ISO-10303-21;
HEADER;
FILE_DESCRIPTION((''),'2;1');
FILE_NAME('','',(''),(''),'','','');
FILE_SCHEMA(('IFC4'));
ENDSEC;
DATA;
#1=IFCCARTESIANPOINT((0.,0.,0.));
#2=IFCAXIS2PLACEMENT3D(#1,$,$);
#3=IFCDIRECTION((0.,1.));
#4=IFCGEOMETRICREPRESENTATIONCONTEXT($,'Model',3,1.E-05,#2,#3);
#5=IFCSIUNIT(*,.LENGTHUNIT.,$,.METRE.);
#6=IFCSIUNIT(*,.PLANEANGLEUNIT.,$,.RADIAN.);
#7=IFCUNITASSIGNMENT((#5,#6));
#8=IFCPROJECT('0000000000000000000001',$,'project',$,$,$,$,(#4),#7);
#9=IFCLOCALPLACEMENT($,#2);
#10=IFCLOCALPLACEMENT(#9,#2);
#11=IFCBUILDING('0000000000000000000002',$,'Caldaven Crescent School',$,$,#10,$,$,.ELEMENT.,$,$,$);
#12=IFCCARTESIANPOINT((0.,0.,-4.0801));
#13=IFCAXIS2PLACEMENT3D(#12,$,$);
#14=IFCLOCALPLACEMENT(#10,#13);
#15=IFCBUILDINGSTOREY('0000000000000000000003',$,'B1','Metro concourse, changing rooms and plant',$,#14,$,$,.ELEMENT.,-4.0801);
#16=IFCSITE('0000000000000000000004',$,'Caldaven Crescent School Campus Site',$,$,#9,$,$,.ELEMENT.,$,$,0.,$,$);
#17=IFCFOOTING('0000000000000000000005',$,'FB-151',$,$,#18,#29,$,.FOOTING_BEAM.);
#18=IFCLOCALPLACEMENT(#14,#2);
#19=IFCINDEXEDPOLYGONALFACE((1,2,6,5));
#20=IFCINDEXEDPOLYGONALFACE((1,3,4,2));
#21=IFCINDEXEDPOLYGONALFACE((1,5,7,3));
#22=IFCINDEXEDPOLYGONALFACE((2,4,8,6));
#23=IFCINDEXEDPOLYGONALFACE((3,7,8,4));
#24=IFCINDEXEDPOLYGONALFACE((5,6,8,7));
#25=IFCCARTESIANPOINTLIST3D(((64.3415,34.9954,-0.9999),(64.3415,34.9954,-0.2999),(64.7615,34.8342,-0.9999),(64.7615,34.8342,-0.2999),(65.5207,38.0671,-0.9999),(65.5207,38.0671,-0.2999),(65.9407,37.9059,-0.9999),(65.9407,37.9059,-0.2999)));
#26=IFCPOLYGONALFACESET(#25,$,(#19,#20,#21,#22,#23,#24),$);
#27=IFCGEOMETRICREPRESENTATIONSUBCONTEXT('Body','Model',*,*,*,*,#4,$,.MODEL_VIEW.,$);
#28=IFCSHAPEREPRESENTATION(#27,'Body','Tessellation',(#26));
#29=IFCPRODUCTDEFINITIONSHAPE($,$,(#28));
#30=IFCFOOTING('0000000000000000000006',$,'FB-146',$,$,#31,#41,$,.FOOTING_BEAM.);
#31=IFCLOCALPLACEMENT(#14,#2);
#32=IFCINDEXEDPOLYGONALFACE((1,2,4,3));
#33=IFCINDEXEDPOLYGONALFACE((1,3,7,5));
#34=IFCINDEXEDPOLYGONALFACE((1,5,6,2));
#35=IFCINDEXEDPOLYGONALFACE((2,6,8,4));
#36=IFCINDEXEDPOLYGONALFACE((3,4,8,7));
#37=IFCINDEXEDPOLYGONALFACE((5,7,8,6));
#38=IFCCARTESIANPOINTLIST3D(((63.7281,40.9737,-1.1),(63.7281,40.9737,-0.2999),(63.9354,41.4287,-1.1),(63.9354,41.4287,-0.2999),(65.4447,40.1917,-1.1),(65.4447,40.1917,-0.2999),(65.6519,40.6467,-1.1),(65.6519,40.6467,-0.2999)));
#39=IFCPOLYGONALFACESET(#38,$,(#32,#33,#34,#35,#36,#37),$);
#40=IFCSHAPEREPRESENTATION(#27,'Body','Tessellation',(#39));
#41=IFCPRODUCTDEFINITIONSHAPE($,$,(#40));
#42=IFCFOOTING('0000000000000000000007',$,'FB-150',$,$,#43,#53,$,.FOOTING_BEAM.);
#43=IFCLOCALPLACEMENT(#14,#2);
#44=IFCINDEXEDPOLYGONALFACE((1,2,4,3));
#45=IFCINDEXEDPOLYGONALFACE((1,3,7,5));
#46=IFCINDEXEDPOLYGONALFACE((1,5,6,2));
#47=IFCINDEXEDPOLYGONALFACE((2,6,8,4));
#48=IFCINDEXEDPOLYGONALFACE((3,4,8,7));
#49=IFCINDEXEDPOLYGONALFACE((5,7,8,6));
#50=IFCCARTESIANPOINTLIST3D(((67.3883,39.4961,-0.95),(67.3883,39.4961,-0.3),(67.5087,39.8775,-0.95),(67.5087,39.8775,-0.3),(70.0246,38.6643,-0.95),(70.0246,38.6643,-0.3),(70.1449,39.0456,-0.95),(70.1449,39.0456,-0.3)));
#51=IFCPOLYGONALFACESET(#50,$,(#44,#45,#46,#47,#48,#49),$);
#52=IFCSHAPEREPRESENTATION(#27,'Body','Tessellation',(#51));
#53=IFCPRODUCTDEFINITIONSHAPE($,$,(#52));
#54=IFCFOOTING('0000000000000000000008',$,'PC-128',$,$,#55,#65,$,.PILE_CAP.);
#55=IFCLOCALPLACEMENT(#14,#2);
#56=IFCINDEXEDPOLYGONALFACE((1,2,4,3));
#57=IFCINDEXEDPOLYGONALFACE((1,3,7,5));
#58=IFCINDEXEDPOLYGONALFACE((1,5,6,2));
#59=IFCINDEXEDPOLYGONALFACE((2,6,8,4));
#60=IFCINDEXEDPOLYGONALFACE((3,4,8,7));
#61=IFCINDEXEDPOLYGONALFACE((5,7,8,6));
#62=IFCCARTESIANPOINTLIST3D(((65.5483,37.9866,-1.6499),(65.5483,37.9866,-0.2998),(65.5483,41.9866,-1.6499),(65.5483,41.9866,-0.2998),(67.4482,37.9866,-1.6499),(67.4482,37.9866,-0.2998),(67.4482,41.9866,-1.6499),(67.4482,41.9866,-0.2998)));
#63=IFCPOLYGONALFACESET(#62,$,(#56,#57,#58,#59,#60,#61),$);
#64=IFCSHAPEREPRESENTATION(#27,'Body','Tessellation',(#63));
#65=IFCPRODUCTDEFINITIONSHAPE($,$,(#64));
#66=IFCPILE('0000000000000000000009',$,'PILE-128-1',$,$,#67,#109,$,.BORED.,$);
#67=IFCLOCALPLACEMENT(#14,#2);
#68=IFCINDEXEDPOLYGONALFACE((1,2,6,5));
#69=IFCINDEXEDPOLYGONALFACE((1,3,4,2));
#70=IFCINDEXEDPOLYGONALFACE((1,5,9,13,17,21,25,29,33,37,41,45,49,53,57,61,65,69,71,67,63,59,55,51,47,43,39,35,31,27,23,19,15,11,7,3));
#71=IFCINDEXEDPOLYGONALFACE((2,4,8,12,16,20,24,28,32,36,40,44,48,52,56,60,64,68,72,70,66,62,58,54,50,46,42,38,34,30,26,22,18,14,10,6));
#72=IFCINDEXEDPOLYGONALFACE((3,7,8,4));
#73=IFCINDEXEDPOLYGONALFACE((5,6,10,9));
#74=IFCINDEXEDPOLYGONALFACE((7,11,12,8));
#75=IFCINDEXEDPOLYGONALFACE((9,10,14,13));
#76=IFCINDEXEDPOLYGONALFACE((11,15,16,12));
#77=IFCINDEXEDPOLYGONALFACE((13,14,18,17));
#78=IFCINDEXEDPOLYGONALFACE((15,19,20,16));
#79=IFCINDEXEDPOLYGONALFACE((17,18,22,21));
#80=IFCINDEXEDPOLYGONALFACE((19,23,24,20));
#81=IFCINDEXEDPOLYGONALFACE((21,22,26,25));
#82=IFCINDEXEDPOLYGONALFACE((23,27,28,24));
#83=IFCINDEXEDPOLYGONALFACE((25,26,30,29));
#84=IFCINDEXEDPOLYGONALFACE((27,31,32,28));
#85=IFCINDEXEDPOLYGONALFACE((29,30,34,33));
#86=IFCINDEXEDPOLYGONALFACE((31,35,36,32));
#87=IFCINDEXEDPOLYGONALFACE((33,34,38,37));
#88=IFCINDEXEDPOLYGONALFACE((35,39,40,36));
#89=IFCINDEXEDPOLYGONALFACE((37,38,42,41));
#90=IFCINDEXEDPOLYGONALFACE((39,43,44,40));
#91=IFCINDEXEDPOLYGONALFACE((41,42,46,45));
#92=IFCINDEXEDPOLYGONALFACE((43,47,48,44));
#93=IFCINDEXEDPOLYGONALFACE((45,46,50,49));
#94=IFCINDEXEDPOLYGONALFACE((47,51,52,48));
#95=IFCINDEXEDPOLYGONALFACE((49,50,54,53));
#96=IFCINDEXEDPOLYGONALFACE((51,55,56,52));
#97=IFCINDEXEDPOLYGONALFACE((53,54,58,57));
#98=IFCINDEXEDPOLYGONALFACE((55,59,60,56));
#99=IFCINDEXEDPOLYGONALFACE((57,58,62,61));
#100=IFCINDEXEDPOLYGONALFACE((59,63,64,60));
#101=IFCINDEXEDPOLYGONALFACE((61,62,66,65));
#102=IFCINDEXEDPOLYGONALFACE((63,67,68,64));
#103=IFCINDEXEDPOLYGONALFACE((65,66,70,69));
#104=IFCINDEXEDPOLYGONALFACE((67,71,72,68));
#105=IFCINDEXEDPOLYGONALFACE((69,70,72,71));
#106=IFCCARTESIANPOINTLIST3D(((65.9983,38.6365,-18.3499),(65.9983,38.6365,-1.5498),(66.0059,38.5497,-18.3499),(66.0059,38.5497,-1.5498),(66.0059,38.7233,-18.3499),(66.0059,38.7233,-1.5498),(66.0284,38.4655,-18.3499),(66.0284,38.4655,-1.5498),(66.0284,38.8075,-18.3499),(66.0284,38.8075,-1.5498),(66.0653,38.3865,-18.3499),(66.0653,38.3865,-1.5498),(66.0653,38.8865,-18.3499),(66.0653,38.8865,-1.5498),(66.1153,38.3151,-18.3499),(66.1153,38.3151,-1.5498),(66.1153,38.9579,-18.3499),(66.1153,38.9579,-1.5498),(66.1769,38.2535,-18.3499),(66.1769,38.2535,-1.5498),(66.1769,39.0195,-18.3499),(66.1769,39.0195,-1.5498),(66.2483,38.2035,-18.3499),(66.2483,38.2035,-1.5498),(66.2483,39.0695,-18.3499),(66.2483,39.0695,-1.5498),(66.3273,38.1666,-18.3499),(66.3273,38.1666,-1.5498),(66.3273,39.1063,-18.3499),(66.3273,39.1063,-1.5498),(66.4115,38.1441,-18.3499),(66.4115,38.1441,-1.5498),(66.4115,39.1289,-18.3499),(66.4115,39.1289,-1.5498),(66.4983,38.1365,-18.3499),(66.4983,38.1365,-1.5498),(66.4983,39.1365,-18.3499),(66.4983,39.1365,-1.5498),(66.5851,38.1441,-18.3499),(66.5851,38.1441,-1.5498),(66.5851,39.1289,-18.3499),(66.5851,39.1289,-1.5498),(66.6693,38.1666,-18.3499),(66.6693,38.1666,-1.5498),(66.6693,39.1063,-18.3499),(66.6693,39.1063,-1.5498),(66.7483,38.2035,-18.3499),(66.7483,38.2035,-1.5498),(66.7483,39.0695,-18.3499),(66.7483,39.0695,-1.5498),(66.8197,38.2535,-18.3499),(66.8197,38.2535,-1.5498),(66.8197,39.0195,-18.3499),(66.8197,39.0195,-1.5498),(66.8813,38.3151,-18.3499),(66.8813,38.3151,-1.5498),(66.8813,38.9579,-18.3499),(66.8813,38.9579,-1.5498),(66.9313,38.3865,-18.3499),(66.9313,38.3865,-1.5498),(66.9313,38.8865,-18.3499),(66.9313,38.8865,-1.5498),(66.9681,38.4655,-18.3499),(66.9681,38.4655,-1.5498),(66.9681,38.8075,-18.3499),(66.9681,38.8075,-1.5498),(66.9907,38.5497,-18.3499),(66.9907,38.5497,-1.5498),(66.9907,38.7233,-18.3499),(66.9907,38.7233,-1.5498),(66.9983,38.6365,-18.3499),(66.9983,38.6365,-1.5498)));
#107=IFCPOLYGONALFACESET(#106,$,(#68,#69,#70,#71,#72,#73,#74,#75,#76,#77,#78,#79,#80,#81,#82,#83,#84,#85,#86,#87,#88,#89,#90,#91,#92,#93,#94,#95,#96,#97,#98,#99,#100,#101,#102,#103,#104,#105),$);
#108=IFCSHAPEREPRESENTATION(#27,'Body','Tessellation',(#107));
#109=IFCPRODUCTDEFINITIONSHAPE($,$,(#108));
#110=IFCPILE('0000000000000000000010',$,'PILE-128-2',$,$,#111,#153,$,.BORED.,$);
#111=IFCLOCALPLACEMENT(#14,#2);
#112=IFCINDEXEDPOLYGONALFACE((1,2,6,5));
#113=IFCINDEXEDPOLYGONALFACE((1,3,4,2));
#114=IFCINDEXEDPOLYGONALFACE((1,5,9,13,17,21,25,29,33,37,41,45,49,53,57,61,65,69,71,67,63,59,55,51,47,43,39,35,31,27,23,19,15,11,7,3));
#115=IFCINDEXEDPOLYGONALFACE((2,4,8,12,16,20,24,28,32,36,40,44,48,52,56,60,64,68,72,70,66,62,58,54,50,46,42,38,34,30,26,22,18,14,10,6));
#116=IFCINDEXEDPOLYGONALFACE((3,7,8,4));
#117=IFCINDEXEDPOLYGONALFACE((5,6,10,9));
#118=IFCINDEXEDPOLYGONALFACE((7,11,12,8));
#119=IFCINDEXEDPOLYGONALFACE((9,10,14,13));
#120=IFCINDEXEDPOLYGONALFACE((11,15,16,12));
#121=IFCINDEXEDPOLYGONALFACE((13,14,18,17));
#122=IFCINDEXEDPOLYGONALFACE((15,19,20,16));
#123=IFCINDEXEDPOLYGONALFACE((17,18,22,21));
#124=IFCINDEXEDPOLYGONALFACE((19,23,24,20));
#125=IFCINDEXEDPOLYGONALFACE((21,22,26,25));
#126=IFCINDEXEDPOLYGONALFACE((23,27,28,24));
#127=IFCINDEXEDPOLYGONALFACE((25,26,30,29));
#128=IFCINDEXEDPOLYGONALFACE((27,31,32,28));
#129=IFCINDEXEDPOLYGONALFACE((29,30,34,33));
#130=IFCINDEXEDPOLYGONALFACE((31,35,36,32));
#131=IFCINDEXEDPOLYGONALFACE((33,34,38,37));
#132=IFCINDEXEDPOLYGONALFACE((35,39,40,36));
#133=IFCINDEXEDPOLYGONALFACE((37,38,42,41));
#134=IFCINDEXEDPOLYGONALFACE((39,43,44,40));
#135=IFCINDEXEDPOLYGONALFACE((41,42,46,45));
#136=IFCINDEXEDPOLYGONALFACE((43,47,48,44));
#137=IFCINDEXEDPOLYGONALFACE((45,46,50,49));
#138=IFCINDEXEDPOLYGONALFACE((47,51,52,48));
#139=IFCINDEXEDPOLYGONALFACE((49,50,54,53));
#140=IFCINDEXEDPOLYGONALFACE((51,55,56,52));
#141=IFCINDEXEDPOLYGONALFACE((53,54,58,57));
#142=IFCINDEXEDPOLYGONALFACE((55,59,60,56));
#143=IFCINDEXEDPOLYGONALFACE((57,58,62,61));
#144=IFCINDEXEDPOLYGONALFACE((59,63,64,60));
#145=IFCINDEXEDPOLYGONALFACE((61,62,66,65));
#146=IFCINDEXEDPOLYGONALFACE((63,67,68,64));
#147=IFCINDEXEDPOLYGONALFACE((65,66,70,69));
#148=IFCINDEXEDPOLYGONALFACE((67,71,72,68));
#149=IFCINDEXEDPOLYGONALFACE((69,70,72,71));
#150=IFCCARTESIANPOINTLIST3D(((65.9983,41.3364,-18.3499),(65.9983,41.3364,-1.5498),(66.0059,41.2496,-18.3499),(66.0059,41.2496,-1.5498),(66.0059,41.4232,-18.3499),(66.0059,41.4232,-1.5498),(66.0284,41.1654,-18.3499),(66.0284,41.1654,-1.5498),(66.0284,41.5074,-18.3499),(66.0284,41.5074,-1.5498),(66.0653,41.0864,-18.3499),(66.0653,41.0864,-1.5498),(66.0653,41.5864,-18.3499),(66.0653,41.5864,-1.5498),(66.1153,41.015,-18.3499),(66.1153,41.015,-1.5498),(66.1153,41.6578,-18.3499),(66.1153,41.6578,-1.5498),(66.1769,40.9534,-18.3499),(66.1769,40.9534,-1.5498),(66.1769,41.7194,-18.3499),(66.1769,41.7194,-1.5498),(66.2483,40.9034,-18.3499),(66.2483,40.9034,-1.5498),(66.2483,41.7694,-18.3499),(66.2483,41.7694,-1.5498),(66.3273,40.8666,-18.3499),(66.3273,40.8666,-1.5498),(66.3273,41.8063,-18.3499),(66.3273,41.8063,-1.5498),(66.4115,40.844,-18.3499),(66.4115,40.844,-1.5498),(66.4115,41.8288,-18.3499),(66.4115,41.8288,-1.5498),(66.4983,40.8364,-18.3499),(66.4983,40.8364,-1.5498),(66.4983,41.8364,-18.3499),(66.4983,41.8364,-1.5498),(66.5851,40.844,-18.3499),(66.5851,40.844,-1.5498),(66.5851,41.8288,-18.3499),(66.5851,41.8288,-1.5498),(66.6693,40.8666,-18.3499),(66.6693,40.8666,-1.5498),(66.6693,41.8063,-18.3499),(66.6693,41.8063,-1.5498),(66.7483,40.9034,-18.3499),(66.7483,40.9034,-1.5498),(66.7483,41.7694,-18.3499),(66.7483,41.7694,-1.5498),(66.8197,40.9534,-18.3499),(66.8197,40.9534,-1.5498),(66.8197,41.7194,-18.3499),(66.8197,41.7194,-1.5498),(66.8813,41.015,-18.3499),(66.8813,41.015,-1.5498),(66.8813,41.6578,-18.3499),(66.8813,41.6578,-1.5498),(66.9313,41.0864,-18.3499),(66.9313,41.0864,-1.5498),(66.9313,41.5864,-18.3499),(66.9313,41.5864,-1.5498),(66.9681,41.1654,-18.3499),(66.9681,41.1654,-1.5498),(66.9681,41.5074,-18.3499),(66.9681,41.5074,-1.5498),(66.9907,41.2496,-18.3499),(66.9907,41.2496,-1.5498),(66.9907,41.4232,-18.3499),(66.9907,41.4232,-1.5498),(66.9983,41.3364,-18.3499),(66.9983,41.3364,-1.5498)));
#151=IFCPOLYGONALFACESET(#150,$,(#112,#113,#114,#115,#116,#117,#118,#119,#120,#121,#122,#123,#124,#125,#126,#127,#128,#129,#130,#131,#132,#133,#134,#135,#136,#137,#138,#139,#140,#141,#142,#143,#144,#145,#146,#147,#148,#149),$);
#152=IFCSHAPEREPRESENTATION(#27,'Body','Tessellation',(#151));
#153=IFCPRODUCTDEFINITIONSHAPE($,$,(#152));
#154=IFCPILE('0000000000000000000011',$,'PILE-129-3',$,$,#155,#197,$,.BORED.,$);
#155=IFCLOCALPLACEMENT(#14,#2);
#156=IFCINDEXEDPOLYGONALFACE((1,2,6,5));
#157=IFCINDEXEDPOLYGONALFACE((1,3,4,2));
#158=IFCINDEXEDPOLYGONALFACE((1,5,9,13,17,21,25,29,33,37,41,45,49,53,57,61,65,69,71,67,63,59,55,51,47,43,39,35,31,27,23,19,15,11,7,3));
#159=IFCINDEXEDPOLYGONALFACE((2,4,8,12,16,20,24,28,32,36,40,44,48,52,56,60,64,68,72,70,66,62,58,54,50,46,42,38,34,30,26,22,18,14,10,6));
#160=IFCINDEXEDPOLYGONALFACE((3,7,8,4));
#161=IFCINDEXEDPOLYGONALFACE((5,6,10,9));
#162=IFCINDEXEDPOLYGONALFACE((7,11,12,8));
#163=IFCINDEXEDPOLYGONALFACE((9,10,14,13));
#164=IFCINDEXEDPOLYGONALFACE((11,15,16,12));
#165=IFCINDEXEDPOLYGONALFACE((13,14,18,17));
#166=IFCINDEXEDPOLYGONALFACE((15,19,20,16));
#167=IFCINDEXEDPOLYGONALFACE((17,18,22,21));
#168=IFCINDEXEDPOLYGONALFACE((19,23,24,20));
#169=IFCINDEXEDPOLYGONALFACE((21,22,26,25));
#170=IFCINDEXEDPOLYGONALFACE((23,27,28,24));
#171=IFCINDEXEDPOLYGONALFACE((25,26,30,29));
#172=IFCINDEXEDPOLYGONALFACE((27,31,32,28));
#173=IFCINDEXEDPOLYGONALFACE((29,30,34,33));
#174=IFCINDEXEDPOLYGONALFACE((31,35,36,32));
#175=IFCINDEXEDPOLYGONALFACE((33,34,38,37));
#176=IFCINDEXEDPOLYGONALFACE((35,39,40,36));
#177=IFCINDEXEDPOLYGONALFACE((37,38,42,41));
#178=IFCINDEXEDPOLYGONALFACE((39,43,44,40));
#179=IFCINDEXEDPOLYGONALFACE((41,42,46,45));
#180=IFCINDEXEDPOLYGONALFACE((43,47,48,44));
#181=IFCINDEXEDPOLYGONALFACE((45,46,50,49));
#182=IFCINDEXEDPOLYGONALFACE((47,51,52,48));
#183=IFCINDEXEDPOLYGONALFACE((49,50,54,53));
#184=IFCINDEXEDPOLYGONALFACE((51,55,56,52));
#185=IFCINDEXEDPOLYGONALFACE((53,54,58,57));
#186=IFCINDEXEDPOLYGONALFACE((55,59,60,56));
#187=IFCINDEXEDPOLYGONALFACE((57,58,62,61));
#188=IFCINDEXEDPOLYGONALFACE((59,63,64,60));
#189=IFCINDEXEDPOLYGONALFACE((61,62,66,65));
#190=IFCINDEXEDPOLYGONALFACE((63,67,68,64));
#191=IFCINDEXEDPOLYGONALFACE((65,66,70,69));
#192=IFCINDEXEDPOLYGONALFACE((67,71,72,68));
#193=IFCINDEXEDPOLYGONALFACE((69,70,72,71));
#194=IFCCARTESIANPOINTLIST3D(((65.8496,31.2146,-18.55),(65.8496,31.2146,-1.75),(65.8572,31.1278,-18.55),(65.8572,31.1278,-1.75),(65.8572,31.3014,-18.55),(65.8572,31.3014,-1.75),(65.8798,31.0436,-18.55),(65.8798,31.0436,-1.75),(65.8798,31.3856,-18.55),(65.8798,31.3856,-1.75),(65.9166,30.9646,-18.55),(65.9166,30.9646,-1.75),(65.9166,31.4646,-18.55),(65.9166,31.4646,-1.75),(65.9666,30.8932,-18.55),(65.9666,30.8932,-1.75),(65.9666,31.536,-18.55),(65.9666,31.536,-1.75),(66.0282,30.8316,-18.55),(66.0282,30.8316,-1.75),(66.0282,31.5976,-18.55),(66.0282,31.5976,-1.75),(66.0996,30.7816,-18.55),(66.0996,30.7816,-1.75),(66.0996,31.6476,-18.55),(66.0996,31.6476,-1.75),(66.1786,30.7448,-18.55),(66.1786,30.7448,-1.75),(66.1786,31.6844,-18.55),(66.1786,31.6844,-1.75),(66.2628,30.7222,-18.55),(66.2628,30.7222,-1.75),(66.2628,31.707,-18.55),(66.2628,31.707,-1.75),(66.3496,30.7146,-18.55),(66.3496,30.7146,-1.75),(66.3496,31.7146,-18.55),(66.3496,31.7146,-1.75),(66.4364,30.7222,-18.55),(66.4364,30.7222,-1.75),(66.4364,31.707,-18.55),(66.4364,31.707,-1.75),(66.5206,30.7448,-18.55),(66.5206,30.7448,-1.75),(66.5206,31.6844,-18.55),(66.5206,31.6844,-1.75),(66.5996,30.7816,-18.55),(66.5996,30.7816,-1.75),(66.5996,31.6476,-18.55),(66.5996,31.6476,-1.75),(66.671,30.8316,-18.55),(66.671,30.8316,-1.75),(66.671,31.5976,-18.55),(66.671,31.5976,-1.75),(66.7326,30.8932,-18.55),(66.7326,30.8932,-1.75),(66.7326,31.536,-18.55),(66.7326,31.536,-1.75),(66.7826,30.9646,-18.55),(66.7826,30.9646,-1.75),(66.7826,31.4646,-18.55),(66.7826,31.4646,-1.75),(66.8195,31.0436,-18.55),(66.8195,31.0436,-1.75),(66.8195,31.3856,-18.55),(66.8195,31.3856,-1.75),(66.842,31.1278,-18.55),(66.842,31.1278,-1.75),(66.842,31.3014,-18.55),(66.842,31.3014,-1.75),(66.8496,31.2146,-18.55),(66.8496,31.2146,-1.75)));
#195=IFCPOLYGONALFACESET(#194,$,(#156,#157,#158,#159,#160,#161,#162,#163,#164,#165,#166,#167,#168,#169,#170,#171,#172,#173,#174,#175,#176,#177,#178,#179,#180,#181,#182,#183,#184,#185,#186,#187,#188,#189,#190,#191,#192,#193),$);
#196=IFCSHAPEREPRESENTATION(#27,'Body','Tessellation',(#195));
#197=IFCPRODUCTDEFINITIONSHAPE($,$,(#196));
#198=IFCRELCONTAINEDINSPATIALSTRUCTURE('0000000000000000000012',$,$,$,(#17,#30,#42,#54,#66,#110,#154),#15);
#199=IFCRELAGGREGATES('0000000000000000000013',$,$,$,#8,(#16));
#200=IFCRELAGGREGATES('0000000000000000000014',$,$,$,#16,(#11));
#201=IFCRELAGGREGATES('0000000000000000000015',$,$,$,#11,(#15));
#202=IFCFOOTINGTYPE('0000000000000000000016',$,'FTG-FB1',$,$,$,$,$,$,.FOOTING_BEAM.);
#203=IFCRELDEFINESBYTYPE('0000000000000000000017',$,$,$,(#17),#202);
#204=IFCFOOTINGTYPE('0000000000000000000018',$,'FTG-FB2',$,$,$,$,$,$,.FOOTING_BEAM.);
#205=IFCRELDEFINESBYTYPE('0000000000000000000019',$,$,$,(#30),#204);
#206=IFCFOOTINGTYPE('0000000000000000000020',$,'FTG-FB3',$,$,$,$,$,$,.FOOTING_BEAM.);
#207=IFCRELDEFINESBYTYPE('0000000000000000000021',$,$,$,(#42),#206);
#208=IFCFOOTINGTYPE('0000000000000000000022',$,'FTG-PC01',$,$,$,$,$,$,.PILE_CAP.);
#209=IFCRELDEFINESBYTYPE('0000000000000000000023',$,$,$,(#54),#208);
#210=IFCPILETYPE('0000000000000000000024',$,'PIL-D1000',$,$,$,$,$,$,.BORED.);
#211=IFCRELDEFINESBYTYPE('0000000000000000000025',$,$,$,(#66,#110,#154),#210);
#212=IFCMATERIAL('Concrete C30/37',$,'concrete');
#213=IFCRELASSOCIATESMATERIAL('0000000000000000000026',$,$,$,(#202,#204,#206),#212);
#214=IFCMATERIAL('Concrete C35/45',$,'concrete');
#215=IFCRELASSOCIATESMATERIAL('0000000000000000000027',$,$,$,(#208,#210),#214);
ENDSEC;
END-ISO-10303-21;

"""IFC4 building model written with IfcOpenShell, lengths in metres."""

from ifc_helpers import new_model, si_unit, direction, frame, origin, origin_2d, place, context, subcontext, project, spatial, rectangle, circle, extrude, material, material_profile, profile_set, type_object, element, save


model = new_model("IFC4")

# Units and contexts
model_context = context("Model", 3, precision=1e-05, world=origin(), true_north=direction((0.0, 1.0)))
body_context = subcontext(model_context, "Body", "Model", "MODEL_VIEW")
ifc_project = project(units=[si_unit("LENGTHUNIT", "METRE"), si_unit("PLANEANGLEUNIT", "RADIAN")], contexts=[model_context])

# Site, building, storey
site_placement = place(None, origin())
site = spatial("IfcSite", under=ifc_project, at=site_placement, Name="Caldaven Crescent School Campus Site", CompositionType="ELEMENT", RefElevation=0.0)
building_placement = place(site_placement, origin())
building = spatial("IfcBuilding", under=site, at=building_placement, Name="Caldaven Crescent School", CompositionType="ELEMENT")
storey_placement = place(building_placement, frame((0.0, 0.0, -4.0801)))
storey = spatial("IfcBuildingStorey", under=building, at=storey_placement, Name="B1", Description="Metro concourse, changing rooms and plant", CompositionType="ELEMENT", Elevation=-4.0801)

# Footings
ifc_material_1 = material(Name="Concrete C30/37", Category="concrete")
ifc_material_profile_1 = material_profile(ifc_material_1, rectangle(XDim=0.45, YDim=0.7, at=origin_2d()), Name="FB 450x700")
ifc_profile_set_1 = profile_set([ifc_material_profile_1], Name="Concrete C30/37")
footing_type_1 = type_object("IfcFootingType", Name="FTG-FB1", PredefinedType="FOOTING_BEAM", material=ifc_profile_set_1)
footing_1_placement = place(storey_placement, frame((64.5515, 34.9148, -0.6499), z_axis=(0.358382, 0.933575, 0.0), x_axis=(-0.933575, 0.358382, 0.0)))
element("IfcFooting", 1, at=footing_1_placement, inside=storey, type_object=footing_type_1, Name="FB-151", PredefinedType="FOOTING_BEAM", context=body_context, shape_type="SweptSolid", body=[
    extrude(rectangle(XDim=0.45, YDim=0.7, at=origin_2d()), origin(), (0.0, 0.0, 1.0), 3.2903),
])
ifc_material_profile_2 = material_profile(ifc_material_1, rectangle(XDim=0.5, YDim=0.8, at=origin_2d()), Name="FB 500x800")
ifc_profile_set_2 = profile_set([ifc_material_profile_2], Name="Concrete C30/37")
footing_type_2 = type_object("IfcFootingType", Name="FTG-FB2", PredefinedType="FOOTING_BEAM", material=ifc_profile_set_2)
footing_2_placement = place(storey_placement, frame((63.8318, 41.2012, -0.7), z_axis=(0.91002, -0.414563, 0.0), x_axis=(0.414563, 0.91002, 0.0)))
element("IfcFooting", 2, at=footing_2_placement, inside=storey, type_object=footing_type_2, Name="FB-146", PredefinedType="FOOTING_BEAM", context=body_context, shape_type="SweptSolid", body=[
    extrude(rectangle(XDim=0.5, YDim=0.8, at=origin_2d()), origin(), (0.0, 0.0, 1.0), 1.8862),
])
ifc_material_profile_3 = material_profile(ifc_material_1, rectangle(XDim=0.3999, YDim=0.6499, at=origin_2d()), Name="FB 400x650")
ifc_profile_set_3 = profile_set([ifc_material_profile_3], Name="Concrete C30/37")
footing_type_3 = type_object("IfcFootingType", Name="FTG-FB3", PredefinedType="FOOTING_BEAM", material=ifc_profile_set_3)
footing_3_placement = place(storey_placement, frame((67.4485, 39.6868, -0.625), z_axis=(0.953656, -0.300899, 0.0), x_axis=(0.300899, 0.953656, 0.0)))
element("IfcFooting", 3, at=footing_3_placement, inside=storey, type_object=footing_type_3, Name="FB-150", PredefinedType="FOOTING_BEAM", context=body_context, shape_type="SweptSolid", body=[
    extrude(rectangle(XDim=0.3999, YDim=0.6499, at=origin_2d()), origin(), (0.0, 0.0, 1.0), 2.7644),
])
ifc_material_2 = material(Name="Concrete C35/45", Category="concrete")
footing_type_4 = type_object("IfcFootingType", Name="FTG-PC01", PredefinedType="PILE_CAP", material=ifc_material_2)
footing_4_placement = place(storey_placement, frame((66.4983, 39.9866, -1.6499), z_axis=(0.0, 0.0, 1.0), x_axis=(0.0, 1.0, 0.0)))
element("IfcFooting", 4, at=footing_4_placement, inside=storey, type_object=footing_type_4, Name="PC-128", PredefinedType="PILE_CAP", context=body_context, shape_type="SweptSolid", body=[
    extrude(rectangle(XDim=4.0, YDim=1.8999, at=origin_2d()), origin(), (0.0, 0.0, 1.0), 1.3501),
])

# Piles
ifc_material_profile_4 = material_profile(ifc_material_2, circle(Radius=0.5, at=origin_2d()), Name="PILE D1000")
ifc_profile_set_4 = profile_set([ifc_material_profile_4], Name="Concrete C35/45")
pile_type = type_object("IfcPileType", Name="PIL-D1000", PredefinedType="BORED", material=ifc_profile_set_4)
for number, where, z_axis, x_axis, name in (
    (5, (66.4983, 38.6365, -1.5498), (0.0, 0.0, -1.0), (1.0, 0.0, 0.0), "PILE-128-1"),
    (6, (66.4983, 41.3364, -1.5498), (0.0, 0.0, -1.0), (1.0, 0.0, 0.0), "PILE-128-2"),
    (7, (66.3496, 31.2146, -1.75), (0.0, 0.0, -1.0), (1.0, 0.0, 0.0), "PILE-129-3"),
):
    element("IfcPile", number, at=place(storey_placement, frame(where, z_axis=z_axis, x_axis=x_axis)), inside=storey, type_object=pile_type, Name=name, PredefinedType="BORED", context=body_context, shape_type="SweptSolid", body=[
        extrude(circle(Radius=0.5, at=origin_2d()), origin(), (0.0, 0.0, 1.0), 16.8),
    ])

save(model, "model.ifc")
